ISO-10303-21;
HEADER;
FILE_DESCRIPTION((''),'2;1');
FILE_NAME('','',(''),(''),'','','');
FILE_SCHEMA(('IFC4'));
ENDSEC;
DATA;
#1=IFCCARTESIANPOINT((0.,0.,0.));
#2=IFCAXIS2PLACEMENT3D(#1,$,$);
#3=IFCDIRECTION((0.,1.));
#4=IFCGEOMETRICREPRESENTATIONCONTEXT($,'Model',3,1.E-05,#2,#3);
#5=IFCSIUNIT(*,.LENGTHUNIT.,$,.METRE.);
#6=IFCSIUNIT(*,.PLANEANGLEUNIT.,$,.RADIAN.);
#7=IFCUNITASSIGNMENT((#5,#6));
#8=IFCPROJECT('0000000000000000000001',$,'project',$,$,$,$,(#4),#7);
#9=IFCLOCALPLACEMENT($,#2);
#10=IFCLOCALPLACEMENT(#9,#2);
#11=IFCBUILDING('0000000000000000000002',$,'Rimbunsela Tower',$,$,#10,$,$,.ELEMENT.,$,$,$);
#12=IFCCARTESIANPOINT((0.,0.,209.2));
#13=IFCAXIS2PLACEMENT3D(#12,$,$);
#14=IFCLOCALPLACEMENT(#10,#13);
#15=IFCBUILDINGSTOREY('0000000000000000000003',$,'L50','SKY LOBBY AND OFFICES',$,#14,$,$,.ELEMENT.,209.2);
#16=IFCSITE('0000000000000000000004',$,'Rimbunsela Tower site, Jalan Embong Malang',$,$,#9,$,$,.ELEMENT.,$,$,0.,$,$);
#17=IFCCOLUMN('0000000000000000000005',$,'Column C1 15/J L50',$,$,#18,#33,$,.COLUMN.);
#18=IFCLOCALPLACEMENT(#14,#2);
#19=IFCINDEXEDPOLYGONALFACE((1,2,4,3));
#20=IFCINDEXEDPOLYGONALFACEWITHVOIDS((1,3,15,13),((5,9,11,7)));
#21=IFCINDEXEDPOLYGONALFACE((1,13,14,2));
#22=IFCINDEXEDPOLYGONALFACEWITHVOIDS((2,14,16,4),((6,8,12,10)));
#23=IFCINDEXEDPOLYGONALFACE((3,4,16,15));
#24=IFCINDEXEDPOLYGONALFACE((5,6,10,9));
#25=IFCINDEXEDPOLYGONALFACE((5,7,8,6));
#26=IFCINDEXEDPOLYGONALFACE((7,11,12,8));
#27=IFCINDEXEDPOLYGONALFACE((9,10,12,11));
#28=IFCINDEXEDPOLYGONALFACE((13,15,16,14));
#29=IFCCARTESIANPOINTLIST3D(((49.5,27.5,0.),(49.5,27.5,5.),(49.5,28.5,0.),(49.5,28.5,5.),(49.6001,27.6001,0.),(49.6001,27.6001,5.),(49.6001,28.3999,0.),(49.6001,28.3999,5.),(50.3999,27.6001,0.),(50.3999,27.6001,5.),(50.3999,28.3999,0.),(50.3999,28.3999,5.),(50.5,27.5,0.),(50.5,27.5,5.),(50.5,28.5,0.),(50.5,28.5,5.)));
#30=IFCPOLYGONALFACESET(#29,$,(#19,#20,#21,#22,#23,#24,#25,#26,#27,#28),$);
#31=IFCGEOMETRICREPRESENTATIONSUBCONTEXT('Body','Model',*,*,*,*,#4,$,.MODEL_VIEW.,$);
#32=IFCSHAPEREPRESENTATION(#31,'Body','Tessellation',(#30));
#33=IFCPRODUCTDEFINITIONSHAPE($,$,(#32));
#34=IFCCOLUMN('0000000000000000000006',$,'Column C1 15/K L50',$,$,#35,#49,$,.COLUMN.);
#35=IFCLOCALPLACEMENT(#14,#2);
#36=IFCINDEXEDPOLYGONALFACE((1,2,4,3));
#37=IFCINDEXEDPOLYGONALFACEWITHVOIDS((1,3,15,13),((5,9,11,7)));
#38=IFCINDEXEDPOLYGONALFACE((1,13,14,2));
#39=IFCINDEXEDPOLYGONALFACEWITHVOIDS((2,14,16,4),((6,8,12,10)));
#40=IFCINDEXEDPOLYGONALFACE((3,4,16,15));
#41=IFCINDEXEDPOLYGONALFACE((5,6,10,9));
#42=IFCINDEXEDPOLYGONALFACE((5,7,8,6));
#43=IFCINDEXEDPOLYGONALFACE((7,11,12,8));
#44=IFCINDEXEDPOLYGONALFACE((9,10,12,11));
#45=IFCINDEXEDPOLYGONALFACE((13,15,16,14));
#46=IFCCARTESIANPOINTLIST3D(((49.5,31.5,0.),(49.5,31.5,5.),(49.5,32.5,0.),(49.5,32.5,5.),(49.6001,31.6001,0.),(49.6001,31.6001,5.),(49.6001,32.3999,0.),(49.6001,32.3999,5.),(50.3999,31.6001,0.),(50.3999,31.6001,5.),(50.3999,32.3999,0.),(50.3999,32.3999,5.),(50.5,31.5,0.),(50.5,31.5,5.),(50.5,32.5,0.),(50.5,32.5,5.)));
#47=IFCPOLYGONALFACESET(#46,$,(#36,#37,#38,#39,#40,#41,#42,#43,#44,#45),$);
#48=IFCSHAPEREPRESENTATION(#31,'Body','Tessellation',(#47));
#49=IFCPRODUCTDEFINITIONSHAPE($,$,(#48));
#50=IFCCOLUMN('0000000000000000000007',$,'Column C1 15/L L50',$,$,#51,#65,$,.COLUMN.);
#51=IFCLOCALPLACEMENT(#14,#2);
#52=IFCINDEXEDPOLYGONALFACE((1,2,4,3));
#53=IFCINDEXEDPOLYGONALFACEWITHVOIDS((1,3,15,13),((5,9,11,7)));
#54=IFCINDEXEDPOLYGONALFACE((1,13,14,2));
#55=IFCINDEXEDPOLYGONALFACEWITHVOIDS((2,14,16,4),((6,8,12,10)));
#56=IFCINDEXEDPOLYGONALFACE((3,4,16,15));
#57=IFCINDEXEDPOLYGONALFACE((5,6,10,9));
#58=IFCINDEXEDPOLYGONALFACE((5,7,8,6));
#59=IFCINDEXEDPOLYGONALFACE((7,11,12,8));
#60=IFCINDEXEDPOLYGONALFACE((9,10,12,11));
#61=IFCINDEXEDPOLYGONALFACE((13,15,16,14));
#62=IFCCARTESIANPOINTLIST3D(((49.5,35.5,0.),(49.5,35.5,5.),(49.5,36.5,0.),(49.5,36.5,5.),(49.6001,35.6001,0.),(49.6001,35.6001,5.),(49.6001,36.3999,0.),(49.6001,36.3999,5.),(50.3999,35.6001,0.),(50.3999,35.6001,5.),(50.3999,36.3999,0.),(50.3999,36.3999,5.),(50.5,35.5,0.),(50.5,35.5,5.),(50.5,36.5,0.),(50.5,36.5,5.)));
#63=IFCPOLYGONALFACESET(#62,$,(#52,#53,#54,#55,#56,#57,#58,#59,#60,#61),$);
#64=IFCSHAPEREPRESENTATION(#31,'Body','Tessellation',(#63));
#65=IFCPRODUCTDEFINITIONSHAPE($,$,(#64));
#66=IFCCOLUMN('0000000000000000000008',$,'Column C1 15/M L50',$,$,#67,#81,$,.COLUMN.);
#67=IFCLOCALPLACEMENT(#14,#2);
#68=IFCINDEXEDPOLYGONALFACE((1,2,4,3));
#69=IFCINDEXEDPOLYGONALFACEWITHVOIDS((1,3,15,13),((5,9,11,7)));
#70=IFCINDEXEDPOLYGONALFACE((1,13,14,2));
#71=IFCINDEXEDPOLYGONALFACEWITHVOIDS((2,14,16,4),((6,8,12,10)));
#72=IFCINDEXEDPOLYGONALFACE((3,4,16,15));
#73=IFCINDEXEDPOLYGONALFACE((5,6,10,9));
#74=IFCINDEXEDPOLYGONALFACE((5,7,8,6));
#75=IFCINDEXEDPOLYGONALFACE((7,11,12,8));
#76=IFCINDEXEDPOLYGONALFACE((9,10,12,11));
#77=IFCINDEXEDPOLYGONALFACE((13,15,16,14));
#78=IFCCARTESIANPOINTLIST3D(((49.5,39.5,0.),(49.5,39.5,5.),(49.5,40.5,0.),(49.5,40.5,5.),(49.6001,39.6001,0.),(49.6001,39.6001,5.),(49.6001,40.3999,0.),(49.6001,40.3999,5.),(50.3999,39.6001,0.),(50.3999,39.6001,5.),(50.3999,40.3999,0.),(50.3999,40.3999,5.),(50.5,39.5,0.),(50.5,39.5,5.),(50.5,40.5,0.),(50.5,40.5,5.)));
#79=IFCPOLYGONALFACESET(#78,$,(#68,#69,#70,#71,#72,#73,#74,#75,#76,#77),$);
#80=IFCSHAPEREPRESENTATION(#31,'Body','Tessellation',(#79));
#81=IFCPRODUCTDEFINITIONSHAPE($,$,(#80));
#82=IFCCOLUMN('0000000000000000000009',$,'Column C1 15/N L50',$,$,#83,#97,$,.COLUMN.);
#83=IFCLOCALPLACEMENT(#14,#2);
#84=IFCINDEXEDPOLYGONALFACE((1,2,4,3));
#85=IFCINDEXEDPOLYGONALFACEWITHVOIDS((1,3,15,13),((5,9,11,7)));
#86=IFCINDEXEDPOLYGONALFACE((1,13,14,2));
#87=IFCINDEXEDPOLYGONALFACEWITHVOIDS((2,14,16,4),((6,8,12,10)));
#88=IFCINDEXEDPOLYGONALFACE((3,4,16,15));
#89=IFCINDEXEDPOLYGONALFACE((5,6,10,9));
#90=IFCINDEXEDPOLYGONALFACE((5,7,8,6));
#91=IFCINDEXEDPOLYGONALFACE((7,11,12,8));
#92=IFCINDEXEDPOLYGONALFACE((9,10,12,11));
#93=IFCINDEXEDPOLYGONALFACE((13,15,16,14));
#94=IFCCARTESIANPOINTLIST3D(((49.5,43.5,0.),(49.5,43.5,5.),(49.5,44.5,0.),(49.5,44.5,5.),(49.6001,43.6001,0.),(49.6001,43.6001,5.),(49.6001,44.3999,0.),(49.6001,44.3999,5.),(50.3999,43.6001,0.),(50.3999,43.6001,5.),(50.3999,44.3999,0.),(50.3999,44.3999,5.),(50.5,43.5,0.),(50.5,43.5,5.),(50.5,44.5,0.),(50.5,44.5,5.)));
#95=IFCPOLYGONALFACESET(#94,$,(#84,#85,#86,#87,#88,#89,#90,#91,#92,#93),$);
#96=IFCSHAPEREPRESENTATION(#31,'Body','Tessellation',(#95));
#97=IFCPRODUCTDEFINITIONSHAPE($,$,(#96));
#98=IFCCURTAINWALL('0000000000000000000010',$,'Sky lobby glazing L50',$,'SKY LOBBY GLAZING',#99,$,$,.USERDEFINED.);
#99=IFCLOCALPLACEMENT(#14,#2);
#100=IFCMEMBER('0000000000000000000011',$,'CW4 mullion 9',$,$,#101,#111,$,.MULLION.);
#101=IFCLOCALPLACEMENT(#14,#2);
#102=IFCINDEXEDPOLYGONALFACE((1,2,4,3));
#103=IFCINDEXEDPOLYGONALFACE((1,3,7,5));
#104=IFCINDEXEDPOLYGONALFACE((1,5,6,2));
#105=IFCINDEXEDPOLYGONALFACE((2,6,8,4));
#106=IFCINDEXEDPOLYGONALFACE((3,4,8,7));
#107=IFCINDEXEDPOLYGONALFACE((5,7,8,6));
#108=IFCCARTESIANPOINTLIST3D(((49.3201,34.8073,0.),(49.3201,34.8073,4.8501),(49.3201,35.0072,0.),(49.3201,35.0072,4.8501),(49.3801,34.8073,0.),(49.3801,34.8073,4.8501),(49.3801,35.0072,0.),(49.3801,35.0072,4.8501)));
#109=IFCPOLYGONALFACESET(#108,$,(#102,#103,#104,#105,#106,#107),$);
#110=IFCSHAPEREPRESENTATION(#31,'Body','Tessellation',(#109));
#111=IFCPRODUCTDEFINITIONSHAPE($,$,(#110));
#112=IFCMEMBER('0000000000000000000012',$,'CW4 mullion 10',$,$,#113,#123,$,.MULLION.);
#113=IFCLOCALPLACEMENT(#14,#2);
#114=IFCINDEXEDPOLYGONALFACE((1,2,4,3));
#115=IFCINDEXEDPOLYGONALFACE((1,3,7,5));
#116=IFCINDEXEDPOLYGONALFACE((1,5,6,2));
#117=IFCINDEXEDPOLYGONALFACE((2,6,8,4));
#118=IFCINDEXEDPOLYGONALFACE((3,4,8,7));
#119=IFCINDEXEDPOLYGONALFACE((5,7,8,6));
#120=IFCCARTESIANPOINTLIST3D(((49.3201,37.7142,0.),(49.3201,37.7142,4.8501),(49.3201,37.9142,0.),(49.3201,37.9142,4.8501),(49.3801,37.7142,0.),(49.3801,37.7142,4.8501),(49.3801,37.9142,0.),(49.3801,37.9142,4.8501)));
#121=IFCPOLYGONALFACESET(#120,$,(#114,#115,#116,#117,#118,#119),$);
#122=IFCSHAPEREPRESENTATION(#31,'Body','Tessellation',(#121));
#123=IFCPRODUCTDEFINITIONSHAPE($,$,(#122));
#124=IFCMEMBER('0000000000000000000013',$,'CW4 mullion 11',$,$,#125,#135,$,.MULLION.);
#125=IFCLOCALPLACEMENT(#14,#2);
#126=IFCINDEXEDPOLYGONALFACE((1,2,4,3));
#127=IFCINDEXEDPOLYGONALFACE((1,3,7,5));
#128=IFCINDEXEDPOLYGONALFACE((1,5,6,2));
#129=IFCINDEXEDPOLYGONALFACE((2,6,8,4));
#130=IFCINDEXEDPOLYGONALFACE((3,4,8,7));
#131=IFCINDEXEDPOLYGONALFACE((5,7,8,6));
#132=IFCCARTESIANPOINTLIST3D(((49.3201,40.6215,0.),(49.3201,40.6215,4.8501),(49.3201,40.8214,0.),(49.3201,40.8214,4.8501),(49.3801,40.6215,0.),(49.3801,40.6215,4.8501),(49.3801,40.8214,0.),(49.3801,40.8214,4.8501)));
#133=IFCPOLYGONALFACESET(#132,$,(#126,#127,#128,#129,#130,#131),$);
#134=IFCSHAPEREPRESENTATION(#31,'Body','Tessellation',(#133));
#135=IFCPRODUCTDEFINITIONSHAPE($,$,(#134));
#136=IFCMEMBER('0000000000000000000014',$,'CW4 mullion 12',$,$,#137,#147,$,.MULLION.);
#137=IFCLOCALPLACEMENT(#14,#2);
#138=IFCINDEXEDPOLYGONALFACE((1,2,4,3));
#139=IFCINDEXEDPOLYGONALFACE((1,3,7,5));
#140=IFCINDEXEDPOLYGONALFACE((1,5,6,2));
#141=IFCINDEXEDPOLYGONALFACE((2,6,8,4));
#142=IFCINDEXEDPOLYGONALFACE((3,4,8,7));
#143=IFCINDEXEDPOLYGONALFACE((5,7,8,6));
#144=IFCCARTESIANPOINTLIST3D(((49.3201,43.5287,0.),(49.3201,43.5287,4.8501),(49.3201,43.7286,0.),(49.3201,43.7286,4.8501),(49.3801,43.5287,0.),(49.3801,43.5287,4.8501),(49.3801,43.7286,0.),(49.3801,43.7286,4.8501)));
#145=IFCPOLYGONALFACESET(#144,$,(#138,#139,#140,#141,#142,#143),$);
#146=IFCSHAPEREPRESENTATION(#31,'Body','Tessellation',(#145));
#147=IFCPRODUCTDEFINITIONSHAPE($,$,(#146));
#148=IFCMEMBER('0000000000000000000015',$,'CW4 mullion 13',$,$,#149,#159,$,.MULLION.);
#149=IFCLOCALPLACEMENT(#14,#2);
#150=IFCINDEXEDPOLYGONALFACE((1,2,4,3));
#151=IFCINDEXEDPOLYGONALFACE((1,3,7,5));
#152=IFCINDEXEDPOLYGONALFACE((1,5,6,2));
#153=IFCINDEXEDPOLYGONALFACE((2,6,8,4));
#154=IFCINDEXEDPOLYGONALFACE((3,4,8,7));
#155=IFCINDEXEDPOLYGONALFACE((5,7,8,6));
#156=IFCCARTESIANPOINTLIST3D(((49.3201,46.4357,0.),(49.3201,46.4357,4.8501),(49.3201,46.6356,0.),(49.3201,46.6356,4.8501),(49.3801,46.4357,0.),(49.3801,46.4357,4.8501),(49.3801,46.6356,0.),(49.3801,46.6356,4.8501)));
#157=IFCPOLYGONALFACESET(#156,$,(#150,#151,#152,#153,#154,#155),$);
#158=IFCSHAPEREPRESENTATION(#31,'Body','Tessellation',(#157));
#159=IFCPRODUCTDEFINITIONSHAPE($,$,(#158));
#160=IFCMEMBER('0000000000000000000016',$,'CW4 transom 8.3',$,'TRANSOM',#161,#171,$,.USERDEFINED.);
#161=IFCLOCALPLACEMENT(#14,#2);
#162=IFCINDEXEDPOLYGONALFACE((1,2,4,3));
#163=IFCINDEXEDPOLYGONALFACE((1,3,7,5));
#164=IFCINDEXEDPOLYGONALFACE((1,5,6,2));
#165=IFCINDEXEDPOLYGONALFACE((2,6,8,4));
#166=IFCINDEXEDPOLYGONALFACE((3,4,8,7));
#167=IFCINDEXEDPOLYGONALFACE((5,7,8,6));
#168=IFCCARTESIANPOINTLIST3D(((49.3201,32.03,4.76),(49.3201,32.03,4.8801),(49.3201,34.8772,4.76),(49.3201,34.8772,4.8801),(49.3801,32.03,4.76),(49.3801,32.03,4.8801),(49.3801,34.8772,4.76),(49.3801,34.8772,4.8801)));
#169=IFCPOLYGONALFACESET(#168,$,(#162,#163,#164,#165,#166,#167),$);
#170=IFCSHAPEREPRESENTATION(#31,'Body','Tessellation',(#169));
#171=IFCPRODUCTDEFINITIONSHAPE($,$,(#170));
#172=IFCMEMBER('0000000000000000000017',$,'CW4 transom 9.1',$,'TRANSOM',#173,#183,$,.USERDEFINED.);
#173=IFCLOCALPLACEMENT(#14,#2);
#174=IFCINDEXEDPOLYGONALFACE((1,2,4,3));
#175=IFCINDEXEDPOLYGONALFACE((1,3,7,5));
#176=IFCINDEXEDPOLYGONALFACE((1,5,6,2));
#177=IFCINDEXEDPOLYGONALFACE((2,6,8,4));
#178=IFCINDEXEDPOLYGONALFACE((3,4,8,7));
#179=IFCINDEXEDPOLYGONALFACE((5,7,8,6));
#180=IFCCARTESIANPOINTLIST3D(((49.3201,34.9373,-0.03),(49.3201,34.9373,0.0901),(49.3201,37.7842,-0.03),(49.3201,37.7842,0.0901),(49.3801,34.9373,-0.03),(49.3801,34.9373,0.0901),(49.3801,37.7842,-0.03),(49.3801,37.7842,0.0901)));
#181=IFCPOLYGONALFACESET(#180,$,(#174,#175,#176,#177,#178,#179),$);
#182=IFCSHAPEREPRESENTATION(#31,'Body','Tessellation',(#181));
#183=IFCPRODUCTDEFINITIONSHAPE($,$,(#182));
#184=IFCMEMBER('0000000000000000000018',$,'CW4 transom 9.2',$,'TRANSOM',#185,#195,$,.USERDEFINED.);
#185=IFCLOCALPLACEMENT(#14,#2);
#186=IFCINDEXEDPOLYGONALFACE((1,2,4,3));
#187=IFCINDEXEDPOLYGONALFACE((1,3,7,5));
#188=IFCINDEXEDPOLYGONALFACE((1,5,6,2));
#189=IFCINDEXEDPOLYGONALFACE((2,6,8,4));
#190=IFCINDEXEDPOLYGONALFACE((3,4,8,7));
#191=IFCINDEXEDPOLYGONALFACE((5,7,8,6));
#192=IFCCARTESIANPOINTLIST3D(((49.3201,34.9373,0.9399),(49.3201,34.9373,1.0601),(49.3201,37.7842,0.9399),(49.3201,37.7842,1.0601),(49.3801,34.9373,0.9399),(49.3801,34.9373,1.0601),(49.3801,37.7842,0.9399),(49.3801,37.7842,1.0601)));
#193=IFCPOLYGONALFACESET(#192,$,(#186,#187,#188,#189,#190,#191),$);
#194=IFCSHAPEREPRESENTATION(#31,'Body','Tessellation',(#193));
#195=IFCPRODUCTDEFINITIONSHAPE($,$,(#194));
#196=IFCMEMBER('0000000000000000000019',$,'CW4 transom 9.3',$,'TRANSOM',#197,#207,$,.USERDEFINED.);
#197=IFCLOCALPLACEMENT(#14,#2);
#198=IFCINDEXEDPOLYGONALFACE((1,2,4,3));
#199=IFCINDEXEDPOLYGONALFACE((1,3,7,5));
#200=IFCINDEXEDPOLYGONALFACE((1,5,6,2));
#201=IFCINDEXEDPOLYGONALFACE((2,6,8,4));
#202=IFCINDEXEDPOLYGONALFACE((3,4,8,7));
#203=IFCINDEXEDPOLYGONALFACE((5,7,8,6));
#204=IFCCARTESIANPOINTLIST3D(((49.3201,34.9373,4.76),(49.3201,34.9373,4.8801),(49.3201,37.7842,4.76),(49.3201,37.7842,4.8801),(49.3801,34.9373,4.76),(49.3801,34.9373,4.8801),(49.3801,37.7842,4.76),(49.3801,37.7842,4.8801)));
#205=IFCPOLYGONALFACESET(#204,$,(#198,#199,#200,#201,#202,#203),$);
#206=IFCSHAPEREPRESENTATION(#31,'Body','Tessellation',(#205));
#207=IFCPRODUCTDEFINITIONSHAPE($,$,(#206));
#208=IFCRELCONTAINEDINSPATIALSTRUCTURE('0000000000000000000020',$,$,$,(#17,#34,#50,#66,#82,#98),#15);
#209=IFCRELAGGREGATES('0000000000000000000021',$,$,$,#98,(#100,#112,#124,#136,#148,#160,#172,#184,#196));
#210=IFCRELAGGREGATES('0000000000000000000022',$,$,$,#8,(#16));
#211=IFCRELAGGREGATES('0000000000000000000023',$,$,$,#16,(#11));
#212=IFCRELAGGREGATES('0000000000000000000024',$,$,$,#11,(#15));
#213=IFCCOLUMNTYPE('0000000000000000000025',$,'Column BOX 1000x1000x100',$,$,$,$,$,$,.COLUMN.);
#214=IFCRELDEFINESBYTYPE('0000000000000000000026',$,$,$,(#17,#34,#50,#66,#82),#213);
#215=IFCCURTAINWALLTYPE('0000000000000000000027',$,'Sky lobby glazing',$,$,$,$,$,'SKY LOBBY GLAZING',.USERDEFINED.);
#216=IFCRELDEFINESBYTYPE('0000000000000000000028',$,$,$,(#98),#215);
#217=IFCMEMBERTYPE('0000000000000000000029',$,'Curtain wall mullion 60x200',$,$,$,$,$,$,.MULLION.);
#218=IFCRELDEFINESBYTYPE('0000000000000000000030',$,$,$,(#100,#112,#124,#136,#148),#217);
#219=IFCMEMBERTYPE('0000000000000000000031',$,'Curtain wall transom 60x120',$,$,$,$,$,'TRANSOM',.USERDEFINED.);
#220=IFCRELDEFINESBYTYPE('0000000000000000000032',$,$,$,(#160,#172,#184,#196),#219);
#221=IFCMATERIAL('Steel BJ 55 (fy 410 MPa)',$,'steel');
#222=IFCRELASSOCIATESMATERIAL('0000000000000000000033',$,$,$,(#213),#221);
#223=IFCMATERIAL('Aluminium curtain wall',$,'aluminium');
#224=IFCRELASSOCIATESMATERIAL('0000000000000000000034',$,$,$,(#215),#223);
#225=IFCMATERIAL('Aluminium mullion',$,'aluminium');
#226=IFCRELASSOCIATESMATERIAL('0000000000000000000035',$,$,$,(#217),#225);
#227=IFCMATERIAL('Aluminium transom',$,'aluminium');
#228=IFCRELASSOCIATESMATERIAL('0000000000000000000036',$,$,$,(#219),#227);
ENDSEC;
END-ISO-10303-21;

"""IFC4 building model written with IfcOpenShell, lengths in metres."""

from ifc_helpers import new_model, si_unit, direction, frame, origin, origin_2d, place, context, subcontext, project, spatial, rectangle, hollow_rectangle, extrude, material, material_profile, profile_set, type_object, element, aggregate, save


model = new_model("IFC4")

# Units and contexts
model_context = context("Model", 3, precision=1e-05, world=origin(), true_north=direction((0.0, 1.0)))
body_context = subcontext(model_context, "Body", "Model", "MODEL_VIEW")
ifc_project = project(units=[si_unit("LENGTHUNIT", "METRE"), si_unit("PLANEANGLEUNIT", "RADIAN")], contexts=[model_context])

# Site, building, storey
site_placement = place(None, origin())
site = spatial("IfcSite", under=ifc_project, at=site_placement, Name="Rimbunsela Tower site, Jalan Embong Malang", CompositionType="ELEMENT", RefElevation=0.0)
building_placement = place(site_placement, origin())
building = spatial("IfcBuilding", under=site, at=building_placement, Name="Rimbunsela Tower", CompositionType="ELEMENT")
storey_placement = place(building_placement, frame((0.0, 0.0, 209.2)))
storey = spatial("IfcBuildingStorey", under=building, at=storey_placement, Name="L50", Description="SKY LOBBY AND OFFICES", CompositionType="ELEMENT", Elevation=209.2)

# Columns
ifc_material_1 = material(Name="Steel BJ 55 (fy 410 MPa)", Category="steel")
ifc_material_profile_1 = material_profile(ifc_material_1, hollow_rectangle(XDim=1.0, YDim=1.0, WallThickness=0.1001, at=origin_2d()), Name="BOX 1000x1000x100")
ifc_profile_set_1 = profile_set([ifc_material_profile_1], Name="Steel BJ 55 (fy 410 MPa)")
column_type = type_object("IfcColumnType", Name="Column BOX 1000x1000x100", PredefinedType="COLUMN", material=ifc_profile_set_1)
for number, where, z_axis, x_axis, name in (
    (1, (50.0, 28.0, 0.0), (0.0, 0.0, 1.0), (1.0, 0.0, 0.0), "Column C1 15/J L50"),
    (2, (50.0, 32.0, 0.0), (0.0, 0.0, 1.0), (1.0, 0.0, 0.0), "Column C1 15/K L50"),
    (3, (50.0, 36.0, 0.0), (0.0, 0.0, 1.0), (1.0, 0.0, 0.0), "Column C1 15/L L50"),
    (4, (50.0, 40.0, 0.0), (0.0, 0.0, 1.0), (1.0, 0.0, 0.0), "Column C1 15/M L50"),
    (5, (50.0, 44.0, 0.0), (0.0, 0.0, 1.0), (1.0, 0.0, 0.0), "Column C1 15/N L50"),
):
    element("IfcColumn", number, at=place(storey_placement, frame(where, z_axis=z_axis, x_axis=x_axis)), inside=storey, type_object=column_type, Name=name, PredefinedType="COLUMN", context=body_context, shape_type="SweptSolid", body=[
        extrude(hollow_rectangle(XDim=1.0, YDim=1.0, WallThickness=0.1001, at=origin_2d()), origin(), (0.0, 0.0, 1.0), 5.0),
    ])

# Curtain wall, members
ifc_material_2 = material(Name="Aluminium curtain wall", Category="aluminium")
curtain_wall_type = type_object("IfcCurtainWallType", Name="Sky lobby glazing", ElementType="SKY LOBBY GLAZING", PredefinedType="USERDEFINED", material=ifc_material_2)
curtain_wall_placement = place(storey_placement, origin())
curtain_wall = element("IfcCurtainWall", 6, at=curtain_wall_placement, inside=storey, type_object=curtain_wall_type, Name="Sky lobby glazing L50", ObjectType="SKY LOBBY GLAZING", PredefinedType="USERDEFINED")
ifc_material_3 = material(Name="Aluminium mullion", Category="aluminium")
ifc_material_profile_2 = material_profile(ifc_material_3, rectangle(XDim=0.0601, YDim=0.2, at=origin_2d()), Name="Mullion 60x200")
ifc_profile_set_2 = profile_set([ifc_material_profile_2], Name="Aluminium mullion")
member_type_1 = type_object("IfcMemberType", Name="Curtain wall mullion 60x200", PredefinedType="MULLION", material=ifc_profile_set_2)
member_1_placement = place(storey_placement, frame((49.3501, 34.9072, 0.0), z_axis=(0.0, 0.0, 1.0), x_axis=(-1.0, 0.0, 0.0)))
member_1 = element("IfcMember", 7, at=member_1_placement, type_object=member_type_1, Name="CW4 mullion 9", PredefinedType="MULLION", context=body_context, shape_type="SweptSolid", body=[
    extrude(rectangle(XDim=0.0601, YDim=0.2, at=origin_2d()), origin(), (0.0, 0.0, 1.0), 4.8501),
])
member_2_placement = place(storey_placement, frame((49.3501, 37.8142, 0.0), z_axis=(0.0, 0.0, 1.0), x_axis=(-1.0, 0.0, 0.0)))
member_2 = element("IfcMember", 8, at=member_2_placement, type_object=member_type_1, Name="CW4 mullion 10", PredefinedType="MULLION", context=body_context, shape_type="SweptSolid", body=[
    extrude(rectangle(XDim=0.0601, YDim=0.2, at=origin_2d()), origin(), (0.0, 0.0, 1.0), 4.8501),
])
member_3_placement = place(storey_placement, frame((49.3501, 40.7214, 0.0), z_axis=(0.0, 0.0, 1.0), x_axis=(-1.0, 0.0, 0.0)))
member_3 = element("IfcMember", 9, at=member_3_placement, type_object=member_type_1, Name="CW4 mullion 11", PredefinedType="MULLION", context=body_context, shape_type="SweptSolid", body=[
    extrude(rectangle(XDim=0.0601, YDim=0.2, at=origin_2d()), origin(), (0.0, 0.0, 1.0), 4.8501),
])
member_4_placement = place(storey_placement, frame((49.3501, 43.6287, 0.0), z_axis=(0.0, 0.0, 1.0), x_axis=(-1.0, 0.0, 0.0)))
member_4 = element("IfcMember", 10, at=member_4_placement, type_object=member_type_1, Name="CW4 mullion 12", PredefinedType="MULLION", context=body_context, shape_type="SweptSolid", body=[
    extrude(rectangle(XDim=0.0601, YDim=0.2, at=origin_2d()), origin(), (0.0, 0.0, 1.0), 4.8501),
])
member_5_placement = place(storey_placement, frame((49.3501, 46.5356, 0.0), z_axis=(0.0, 0.0, 1.0), x_axis=(-1.0, 0.0, 0.0)))
member_5 = element("IfcMember", 11, at=member_5_placement, type_object=member_type_1, Name="CW4 mullion 13", PredefinedType="MULLION", context=body_context, shape_type="SweptSolid", body=[
    extrude(rectangle(XDim=0.0601, YDim=0.2, at=origin_2d()), origin(), (0.0, 0.0, 1.0), 4.8501),
])
ifc_material_4 = material(Name="Aluminium transom", Category="aluminium")
ifc_material_profile_3 = material_profile(ifc_material_4, rectangle(XDim=0.0601, YDim=0.1201, at=origin_2d()), Name="Transom 60x120")
ifc_profile_set_3 = profile_set([ifc_material_profile_3], Name="Aluminium transom")
member_type_2 = type_object("IfcMemberType", Name="Curtain wall transom 60x120", ElementType="TRANSOM", PredefinedType="USERDEFINED", material=ifc_profile_set_3)
member_6_placement = place(storey_placement, frame((49.3501, 32.03, 4.8201), z_axis=(0.0, 1.0, 0.0), x_axis=(-1.0, 0.0, 0.0)))
member_6 = element("IfcMember", 12, at=member_6_placement, type_object=member_type_2, Name="CW4 transom 8.3", ObjectType="TRANSOM", PredefinedType="USERDEFINED", context=body_context, shape_type="SweptSolid", body=[
    extrude(rectangle(XDim=0.0601, YDim=0.1201, at=origin_2d()), origin(), (0.0, 0.0, 1.0), 2.8472),
])
member_7_placement = place(storey_placement, frame((49.3501, 34.9373, 0.03), z_axis=(0.0, 1.0, 0.0), x_axis=(-1.0, 0.0, 0.0)))
member_7 = element("IfcMember", 13, at=member_7_placement, type_object=member_type_2, Name="CW4 transom 9.1", ObjectType="TRANSOM", PredefinedType="USERDEFINED", context=body_context, shape_type="SweptSolid", body=[
    extrude(rectangle(XDim=0.0601, YDim=0.1201, at=origin_2d()), origin(), (0.0, 0.0, 1.0), 2.8469),
])
member_8_placement = place(storey_placement, frame((49.3501, 34.9373, 1.0), z_axis=(0.0, 1.0, 0.0), x_axis=(-1.0, 0.0, 0.0)))
member_8 = element("IfcMember", 14, at=member_8_placement, type_object=member_type_2, Name="CW4 transom 9.2", ObjectType="TRANSOM", PredefinedType="USERDEFINED", context=body_context, shape_type="SweptSolid", body=[
    extrude(rectangle(XDim=0.0601, YDim=0.1201, at=origin_2d()), origin(), (0.0, 0.0, 1.0), 2.8469),
])
member_9_placement = place(storey_placement, frame((49.3501, 34.9373, 4.8201), z_axis=(0.0, 1.0, 0.0), x_axis=(-1.0, 0.0, 0.0)))
member_9 = element("IfcMember", 15, at=member_9_placement, type_object=member_type_2, Name="CW4 transom 9.3", ObjectType="TRANSOM", PredefinedType="USERDEFINED", context=body_context, shape_type="SweptSolid", body=[
    extrude(rectangle(XDim=0.0601, YDim=0.1201, at=origin_2d()), origin(), (0.0, 0.0, 1.0), 2.8469),
])
aggregate(curtain_wall, [member_1, member_2, member_3, member_4, member_5, member_6, member_7, member_8, member_9])

save(model, "model.ifc")
